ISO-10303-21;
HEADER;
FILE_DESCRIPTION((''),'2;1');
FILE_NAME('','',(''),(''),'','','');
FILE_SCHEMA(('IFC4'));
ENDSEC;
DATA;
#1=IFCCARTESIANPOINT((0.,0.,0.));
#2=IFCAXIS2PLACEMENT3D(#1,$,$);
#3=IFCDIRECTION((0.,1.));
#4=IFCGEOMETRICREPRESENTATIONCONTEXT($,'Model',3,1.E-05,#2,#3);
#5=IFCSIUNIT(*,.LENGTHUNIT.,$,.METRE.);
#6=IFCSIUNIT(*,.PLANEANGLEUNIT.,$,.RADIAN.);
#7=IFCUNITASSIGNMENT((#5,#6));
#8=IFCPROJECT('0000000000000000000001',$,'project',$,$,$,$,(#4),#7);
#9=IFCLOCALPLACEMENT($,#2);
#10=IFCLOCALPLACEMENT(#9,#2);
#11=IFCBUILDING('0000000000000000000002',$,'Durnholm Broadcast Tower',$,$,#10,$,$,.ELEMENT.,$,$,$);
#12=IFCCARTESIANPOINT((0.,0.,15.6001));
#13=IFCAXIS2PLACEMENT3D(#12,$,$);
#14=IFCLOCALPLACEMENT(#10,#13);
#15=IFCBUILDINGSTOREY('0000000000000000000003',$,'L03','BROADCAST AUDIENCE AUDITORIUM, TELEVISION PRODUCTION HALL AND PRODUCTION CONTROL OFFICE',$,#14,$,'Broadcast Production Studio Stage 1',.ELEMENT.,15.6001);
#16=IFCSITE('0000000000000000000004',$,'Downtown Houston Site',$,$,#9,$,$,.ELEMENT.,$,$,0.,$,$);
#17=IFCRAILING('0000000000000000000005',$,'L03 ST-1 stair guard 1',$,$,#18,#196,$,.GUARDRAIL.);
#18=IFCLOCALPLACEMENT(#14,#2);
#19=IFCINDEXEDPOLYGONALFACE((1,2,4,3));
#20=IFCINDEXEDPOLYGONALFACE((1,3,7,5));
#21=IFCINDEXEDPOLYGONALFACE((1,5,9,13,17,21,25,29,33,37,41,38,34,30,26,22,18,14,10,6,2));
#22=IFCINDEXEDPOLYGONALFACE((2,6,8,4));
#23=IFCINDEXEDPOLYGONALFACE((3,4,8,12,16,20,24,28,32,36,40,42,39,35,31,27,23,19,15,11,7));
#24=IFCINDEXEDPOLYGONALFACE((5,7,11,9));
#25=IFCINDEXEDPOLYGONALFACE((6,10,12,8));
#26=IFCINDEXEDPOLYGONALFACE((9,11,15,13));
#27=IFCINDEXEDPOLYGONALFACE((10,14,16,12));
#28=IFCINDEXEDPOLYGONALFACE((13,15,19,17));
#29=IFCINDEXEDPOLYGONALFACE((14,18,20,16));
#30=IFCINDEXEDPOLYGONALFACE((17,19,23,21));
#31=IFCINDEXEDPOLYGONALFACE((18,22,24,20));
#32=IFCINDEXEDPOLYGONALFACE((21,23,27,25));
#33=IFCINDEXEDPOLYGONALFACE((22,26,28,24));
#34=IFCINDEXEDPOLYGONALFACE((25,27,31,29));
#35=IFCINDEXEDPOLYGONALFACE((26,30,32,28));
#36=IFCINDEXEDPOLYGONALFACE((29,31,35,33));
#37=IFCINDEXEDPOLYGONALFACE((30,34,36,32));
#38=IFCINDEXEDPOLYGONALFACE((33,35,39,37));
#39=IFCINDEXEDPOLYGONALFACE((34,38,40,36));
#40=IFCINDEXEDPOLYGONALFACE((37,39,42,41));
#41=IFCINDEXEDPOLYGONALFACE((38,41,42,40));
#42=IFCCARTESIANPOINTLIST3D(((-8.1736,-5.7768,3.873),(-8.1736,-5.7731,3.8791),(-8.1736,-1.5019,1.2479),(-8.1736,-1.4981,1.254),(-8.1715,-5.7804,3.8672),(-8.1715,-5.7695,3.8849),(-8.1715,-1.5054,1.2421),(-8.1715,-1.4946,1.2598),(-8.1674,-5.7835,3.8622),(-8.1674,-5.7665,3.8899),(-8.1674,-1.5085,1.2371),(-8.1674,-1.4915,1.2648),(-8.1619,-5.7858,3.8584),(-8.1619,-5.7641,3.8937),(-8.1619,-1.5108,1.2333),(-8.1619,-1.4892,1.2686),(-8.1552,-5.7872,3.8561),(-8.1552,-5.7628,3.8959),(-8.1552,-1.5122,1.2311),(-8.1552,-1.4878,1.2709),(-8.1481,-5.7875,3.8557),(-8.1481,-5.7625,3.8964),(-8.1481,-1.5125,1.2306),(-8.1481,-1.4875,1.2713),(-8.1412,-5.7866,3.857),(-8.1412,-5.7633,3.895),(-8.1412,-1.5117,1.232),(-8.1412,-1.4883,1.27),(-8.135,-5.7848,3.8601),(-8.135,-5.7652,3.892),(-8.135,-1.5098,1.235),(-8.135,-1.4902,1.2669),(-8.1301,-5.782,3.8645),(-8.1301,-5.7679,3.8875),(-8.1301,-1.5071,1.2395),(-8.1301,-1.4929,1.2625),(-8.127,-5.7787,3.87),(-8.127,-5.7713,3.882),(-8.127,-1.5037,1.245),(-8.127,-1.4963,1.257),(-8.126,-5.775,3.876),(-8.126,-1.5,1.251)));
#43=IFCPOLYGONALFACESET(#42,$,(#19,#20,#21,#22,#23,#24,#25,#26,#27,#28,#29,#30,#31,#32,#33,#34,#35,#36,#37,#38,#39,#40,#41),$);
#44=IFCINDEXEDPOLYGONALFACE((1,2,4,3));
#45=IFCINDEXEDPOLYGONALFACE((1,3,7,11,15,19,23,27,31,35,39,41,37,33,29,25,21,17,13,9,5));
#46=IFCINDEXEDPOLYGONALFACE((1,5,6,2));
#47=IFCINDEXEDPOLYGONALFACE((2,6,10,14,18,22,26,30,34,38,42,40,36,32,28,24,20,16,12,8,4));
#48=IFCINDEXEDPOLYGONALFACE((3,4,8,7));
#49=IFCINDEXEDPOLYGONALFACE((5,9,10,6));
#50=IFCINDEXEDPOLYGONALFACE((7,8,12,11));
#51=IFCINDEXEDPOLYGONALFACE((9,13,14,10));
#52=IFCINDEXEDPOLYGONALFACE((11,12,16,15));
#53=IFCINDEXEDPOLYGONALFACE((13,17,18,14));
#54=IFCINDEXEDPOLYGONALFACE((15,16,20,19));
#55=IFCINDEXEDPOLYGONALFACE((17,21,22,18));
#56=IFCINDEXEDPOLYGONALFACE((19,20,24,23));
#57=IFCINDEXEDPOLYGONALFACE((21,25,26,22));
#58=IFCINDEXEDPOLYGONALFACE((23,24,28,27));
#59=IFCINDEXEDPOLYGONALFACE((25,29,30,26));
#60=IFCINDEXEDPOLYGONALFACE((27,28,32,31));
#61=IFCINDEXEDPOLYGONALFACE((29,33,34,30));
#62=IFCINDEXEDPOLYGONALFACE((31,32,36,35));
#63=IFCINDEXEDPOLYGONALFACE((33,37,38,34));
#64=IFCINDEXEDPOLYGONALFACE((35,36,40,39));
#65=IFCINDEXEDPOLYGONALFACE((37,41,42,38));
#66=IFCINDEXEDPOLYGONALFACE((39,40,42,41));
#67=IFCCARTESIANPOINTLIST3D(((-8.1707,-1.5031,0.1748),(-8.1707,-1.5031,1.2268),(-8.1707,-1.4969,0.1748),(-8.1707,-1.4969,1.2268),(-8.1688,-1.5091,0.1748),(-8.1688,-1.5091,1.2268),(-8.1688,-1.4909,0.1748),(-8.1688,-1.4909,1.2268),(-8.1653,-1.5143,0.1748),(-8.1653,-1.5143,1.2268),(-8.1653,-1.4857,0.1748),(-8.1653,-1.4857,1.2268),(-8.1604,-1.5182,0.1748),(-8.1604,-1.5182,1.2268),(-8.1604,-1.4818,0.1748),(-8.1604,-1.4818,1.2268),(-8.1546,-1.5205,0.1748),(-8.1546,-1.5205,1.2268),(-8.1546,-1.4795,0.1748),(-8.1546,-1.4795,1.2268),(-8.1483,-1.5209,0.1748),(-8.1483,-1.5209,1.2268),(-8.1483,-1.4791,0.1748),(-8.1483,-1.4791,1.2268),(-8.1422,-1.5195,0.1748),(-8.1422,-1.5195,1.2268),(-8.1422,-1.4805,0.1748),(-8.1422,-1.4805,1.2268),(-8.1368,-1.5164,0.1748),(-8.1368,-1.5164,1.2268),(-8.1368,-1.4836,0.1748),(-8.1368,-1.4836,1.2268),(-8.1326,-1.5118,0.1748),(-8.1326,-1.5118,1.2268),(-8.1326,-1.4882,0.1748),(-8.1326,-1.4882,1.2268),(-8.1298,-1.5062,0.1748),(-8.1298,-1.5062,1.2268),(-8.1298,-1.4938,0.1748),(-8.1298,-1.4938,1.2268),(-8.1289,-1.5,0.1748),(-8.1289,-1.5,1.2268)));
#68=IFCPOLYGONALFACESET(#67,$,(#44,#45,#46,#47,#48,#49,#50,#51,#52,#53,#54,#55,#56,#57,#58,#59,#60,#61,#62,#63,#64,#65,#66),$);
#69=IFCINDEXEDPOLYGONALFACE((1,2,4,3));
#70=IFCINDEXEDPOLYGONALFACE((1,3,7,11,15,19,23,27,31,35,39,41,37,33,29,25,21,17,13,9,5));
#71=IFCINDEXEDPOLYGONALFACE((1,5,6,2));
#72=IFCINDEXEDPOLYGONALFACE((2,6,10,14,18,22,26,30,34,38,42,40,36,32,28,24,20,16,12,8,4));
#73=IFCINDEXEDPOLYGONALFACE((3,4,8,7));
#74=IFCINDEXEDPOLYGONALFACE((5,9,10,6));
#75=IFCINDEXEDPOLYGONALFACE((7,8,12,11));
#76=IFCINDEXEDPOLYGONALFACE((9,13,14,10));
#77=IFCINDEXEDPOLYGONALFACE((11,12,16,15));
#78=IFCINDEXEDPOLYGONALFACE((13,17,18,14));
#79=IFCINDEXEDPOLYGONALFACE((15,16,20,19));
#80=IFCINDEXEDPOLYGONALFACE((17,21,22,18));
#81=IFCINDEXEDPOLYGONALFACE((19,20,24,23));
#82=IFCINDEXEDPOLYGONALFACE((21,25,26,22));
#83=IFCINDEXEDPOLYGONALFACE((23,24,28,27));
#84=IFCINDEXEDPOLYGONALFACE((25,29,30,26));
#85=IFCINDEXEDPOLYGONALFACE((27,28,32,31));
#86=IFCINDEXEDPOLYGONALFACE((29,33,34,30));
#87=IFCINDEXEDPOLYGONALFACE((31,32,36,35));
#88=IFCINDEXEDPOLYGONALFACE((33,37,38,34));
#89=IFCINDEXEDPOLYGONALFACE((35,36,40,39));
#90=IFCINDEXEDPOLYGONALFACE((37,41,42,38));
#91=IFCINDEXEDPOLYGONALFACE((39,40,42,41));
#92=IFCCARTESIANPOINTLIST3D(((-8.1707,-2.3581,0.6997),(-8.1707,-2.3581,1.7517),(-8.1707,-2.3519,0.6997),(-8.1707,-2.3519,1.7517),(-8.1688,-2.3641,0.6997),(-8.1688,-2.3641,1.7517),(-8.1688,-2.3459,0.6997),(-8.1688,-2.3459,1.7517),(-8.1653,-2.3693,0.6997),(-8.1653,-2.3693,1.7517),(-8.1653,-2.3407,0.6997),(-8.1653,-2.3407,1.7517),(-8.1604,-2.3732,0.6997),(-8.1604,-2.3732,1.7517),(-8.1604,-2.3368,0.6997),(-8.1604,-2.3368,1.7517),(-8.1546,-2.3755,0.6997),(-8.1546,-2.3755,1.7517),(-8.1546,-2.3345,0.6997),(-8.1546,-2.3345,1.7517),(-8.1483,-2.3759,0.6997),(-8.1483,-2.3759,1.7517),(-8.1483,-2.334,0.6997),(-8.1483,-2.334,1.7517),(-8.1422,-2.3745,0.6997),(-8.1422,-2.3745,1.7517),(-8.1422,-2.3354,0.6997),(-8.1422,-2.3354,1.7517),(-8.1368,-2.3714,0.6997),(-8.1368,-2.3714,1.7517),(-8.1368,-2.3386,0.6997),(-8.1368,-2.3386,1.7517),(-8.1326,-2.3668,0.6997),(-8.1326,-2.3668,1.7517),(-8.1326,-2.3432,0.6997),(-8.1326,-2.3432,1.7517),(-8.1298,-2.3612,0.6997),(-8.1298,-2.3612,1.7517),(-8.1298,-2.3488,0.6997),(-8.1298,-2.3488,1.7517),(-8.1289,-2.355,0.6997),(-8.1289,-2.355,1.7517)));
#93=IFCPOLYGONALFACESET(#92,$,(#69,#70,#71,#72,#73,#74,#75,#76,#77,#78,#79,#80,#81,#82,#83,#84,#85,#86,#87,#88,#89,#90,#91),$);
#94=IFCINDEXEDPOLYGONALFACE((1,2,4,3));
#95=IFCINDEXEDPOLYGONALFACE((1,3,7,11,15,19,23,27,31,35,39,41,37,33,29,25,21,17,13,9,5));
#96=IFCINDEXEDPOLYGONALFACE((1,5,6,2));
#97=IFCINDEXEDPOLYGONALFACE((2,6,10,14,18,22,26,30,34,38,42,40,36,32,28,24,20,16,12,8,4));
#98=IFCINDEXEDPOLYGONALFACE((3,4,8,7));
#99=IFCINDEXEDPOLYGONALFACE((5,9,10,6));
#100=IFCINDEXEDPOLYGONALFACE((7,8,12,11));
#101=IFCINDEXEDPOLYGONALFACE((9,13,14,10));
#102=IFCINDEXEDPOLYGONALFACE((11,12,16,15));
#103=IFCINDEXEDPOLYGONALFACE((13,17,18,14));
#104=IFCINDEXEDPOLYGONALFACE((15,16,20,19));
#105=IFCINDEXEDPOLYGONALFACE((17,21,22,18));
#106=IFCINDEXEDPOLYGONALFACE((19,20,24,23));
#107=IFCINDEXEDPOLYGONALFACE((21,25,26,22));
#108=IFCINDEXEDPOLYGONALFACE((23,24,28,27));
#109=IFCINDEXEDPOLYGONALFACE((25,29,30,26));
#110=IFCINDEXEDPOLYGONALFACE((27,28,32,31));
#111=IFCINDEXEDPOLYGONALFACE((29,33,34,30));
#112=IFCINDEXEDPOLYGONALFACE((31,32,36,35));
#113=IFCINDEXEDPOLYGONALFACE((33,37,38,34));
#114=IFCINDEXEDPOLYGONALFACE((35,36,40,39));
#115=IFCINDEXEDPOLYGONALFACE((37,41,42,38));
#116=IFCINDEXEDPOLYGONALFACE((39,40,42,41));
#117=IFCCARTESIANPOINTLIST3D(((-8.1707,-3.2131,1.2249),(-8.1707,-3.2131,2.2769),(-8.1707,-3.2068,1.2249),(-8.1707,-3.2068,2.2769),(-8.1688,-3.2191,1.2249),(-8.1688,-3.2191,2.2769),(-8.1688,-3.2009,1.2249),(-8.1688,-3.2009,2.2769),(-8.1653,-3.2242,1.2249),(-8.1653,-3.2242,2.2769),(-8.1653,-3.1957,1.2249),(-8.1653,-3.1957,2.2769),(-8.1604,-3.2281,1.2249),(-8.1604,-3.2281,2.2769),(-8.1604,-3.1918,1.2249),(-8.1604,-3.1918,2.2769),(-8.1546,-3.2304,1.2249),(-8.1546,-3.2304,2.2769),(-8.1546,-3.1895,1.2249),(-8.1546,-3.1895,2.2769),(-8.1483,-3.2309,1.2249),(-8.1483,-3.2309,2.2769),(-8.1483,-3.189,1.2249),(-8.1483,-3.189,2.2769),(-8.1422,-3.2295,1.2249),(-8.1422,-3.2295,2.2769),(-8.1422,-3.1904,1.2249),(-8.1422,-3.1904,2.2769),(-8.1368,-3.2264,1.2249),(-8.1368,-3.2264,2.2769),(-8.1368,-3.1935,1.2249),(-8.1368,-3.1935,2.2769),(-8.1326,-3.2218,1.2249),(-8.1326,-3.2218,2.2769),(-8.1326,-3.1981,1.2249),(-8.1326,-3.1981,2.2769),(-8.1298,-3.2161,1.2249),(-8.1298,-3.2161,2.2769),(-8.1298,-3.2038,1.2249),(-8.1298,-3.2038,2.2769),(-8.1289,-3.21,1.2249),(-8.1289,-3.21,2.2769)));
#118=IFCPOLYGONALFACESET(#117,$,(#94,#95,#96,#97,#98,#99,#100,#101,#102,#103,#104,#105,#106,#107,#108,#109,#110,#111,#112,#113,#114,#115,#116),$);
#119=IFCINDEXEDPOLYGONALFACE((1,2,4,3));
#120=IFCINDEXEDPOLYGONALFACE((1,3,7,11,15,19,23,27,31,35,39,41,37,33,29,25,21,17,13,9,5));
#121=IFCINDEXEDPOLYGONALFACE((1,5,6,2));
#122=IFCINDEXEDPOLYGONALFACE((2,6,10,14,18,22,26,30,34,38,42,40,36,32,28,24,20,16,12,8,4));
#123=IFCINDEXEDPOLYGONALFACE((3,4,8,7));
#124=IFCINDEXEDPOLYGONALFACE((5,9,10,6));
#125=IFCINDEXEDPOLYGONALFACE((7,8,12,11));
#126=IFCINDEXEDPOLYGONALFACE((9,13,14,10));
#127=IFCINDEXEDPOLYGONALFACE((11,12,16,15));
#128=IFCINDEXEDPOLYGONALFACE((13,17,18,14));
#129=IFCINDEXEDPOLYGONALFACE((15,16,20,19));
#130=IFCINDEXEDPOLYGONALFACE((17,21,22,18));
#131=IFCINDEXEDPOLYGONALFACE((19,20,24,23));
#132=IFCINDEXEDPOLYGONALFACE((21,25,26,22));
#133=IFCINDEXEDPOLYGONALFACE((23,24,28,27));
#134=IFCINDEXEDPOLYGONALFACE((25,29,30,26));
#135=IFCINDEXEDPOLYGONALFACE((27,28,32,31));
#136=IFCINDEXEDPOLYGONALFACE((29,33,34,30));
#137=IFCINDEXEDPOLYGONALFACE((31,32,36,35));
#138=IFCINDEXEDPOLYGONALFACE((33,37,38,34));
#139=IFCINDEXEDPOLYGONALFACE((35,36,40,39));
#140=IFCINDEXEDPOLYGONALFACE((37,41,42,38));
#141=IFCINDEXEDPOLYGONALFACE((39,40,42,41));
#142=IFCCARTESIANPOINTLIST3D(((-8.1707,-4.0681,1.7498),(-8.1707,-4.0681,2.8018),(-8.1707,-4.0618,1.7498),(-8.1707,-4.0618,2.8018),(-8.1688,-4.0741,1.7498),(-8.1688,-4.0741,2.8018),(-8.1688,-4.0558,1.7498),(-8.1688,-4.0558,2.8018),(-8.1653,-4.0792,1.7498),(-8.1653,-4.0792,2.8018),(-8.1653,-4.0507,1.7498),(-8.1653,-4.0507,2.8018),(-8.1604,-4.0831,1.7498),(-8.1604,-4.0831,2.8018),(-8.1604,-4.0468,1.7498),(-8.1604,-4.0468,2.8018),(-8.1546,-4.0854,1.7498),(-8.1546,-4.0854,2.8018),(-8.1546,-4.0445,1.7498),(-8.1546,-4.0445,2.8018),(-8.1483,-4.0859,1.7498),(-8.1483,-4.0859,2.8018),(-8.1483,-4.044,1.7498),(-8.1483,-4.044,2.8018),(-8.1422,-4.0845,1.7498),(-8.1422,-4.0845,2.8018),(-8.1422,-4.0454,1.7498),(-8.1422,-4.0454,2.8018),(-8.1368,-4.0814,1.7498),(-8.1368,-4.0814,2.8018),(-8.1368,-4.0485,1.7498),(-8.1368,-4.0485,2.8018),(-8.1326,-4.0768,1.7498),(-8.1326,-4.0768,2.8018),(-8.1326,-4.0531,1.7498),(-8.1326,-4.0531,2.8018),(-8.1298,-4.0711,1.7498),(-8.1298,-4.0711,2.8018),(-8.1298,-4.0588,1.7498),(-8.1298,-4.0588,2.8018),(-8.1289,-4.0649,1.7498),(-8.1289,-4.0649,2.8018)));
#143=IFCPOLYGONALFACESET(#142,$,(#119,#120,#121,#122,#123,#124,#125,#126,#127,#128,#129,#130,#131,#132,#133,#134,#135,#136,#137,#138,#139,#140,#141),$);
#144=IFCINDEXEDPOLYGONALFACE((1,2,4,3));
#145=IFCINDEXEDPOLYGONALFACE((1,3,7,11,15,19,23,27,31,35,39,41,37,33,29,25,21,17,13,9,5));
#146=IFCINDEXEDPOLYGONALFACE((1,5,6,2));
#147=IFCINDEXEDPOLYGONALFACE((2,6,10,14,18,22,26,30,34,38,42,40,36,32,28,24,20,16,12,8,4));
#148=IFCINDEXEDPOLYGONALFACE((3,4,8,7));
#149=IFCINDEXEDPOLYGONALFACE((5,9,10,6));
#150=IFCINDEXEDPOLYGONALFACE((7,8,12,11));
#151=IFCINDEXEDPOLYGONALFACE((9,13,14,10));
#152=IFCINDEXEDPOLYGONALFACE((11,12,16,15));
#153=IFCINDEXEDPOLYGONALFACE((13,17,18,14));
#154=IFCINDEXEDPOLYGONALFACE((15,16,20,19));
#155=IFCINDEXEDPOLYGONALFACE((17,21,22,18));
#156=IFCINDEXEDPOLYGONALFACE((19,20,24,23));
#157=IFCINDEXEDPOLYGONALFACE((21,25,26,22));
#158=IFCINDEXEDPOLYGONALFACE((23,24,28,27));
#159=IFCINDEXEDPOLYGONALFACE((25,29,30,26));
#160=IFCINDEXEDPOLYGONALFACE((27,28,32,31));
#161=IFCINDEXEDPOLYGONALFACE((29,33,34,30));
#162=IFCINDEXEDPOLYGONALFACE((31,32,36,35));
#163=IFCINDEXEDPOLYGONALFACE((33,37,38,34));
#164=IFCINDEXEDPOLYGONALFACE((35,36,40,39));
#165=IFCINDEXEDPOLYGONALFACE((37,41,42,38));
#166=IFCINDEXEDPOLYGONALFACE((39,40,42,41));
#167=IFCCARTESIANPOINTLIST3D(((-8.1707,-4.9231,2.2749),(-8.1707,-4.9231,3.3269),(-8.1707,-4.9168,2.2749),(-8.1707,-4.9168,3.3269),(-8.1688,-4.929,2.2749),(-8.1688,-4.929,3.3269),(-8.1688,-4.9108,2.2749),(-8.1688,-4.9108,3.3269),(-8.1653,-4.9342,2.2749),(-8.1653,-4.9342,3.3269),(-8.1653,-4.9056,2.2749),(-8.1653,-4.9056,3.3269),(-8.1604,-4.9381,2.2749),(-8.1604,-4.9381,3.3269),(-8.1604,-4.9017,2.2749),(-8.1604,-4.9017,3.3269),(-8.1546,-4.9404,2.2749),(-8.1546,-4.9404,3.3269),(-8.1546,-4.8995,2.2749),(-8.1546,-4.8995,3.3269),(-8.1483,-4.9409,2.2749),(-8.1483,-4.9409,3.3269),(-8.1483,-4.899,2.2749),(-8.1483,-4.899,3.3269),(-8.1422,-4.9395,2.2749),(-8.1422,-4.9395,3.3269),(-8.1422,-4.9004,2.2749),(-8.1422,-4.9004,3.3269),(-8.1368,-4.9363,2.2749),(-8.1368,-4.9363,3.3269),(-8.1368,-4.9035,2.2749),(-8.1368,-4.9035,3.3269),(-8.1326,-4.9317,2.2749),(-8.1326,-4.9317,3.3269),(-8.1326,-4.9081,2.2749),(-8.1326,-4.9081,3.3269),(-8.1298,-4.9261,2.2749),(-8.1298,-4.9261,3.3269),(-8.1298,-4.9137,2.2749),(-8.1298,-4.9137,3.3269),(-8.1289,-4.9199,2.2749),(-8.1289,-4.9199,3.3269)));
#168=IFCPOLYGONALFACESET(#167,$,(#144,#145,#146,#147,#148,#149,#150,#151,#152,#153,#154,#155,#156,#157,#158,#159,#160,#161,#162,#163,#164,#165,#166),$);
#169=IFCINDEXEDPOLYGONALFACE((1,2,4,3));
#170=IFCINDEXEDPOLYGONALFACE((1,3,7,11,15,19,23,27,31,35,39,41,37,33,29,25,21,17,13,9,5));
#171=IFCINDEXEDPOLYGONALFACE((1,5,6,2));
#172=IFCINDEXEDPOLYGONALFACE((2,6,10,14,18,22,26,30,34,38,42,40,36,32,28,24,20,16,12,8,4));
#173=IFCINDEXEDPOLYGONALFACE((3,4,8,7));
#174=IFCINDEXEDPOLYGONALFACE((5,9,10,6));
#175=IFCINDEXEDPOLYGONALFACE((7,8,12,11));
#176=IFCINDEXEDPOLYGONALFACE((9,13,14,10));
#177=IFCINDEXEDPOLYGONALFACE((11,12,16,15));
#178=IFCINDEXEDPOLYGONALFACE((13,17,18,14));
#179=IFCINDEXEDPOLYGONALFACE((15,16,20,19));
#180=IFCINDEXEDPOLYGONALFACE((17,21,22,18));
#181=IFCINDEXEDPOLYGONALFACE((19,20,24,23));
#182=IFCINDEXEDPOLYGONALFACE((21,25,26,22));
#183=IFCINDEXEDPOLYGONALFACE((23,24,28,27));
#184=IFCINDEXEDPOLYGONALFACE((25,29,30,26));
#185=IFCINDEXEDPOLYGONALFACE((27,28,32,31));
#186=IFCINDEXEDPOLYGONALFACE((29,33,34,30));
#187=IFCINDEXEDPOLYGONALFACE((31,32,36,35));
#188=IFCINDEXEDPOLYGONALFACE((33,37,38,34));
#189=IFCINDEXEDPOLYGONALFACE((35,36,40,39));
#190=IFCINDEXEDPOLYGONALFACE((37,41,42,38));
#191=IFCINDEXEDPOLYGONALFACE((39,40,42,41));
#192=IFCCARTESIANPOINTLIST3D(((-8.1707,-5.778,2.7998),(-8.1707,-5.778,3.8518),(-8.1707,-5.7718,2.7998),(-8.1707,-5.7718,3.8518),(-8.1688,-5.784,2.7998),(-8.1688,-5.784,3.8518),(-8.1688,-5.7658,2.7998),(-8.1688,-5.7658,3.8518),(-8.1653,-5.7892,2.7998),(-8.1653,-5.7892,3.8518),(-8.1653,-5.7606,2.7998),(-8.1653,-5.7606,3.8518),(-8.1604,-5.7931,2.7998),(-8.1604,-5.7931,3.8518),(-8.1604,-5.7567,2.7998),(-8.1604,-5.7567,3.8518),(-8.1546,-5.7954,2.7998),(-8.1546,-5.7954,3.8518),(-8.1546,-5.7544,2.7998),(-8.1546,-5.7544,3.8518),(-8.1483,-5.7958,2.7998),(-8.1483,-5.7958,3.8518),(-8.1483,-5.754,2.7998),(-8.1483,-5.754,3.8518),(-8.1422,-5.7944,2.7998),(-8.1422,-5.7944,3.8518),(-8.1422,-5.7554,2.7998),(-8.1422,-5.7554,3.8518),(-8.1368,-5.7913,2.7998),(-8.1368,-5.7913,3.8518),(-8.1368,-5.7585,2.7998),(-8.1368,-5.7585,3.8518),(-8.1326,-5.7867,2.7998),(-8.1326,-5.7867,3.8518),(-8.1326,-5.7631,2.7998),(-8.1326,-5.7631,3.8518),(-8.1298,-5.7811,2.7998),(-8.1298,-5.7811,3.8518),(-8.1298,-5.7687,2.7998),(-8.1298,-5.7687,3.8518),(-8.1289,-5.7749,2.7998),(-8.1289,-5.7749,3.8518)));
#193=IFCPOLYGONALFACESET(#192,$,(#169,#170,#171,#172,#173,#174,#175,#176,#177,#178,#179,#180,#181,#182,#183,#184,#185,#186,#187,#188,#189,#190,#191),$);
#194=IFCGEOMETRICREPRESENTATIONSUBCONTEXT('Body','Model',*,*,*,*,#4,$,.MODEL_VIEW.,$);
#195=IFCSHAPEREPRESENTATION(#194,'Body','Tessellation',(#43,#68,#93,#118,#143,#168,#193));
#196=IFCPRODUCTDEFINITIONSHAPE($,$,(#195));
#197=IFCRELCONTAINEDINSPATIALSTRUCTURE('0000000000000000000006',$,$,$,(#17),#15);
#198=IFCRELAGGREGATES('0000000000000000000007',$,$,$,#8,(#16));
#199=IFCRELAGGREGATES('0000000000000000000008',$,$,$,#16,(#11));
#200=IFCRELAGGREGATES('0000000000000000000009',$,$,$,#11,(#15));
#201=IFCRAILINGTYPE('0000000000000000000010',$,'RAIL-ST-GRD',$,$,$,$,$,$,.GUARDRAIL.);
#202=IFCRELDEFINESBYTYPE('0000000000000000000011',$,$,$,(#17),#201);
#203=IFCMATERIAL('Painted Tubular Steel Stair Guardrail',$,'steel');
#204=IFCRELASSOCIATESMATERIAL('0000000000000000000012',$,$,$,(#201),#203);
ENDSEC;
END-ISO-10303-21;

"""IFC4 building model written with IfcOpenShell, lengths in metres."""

from ifc_helpers import new_model, si_unit, direction, frame, origin, origin_2d, place, context, subcontext, project, spatial, circle, extrude, material, type_object, element, save


model = new_model("IFC4")

# Units and contexts
model_context = context("Model", 3, precision=1e-05, world=origin(), true_north=direction((0.0, 1.0)))
body_context = subcontext(model_context, "Body", "Model", "MODEL_VIEW")
ifc_project = project(units=[si_unit("LENGTHUNIT", "METRE"), si_unit("PLANEANGLEUNIT", "RADIAN")], contexts=[model_context])

# Site, building, storey
site_placement = place(None, origin())
site = spatial("IfcSite", under=ifc_project, at=site_placement, Name="Downtown Houston Site", CompositionType="ELEMENT", RefElevation=0.0)
building_placement = place(site_placement, origin())
building = spatial("IfcBuilding", under=site, at=building_placement, Name="Durnholm Broadcast Tower", CompositionType="ELEMENT")
storey_placement = place(building_placement, frame((0.0, 0.0, 15.6001)))
storey = spatial("IfcBuildingStorey", under=building, at=storey_placement, Name="L03", Description="BROADCAST AUDIENCE AUDITORIUM, TELEVISION PRODUCTION HALL AND PRODUCTION CONTROL OFFICE", LongName="Broadcast Production Studio Stage 1", CompositionType="ELEMENT", Elevation=15.6001)

# Railing
ifc_material_1 = material(Name="Painted Tubular Steel Stair Guardrail", Category="steel")
railing_type_1 = type_object("IfcRailingType", Name="RAIL-ST-GRD", PredefinedType="GUARDRAIL", material=ifc_material_1)
railing_1_placement = place(storey_placement, frame((-8.1499, -1.5, 0.1748)))
element("IfcRailing", 1, at=railing_1_placement, inside=storey, type_object=railing_type_1, Name="L03 ST-1 stair guard 1", PredefinedType="GUARDRAIL", context=body_context, shape_type="SweptSolid", body=[
    extrude(circle(Radius=0.0239, at=origin_2d()), frame((0.0, 0.0, 1.0762), z_axis=(0.0, -0.852166, 0.523272), x_axis=(1.0, 0.0, 0.0)), (0.0, 0.0, 1.0), 5.0166),
    extrude(circle(Radius=0.021, at=origin_2d()), origin(), (0.0, 0.0, 1.0), 1.052),
    extrude(circle(Radius=0.021, at=origin_2d()), frame((0.0, -0.855, 0.5249)), (0.0, 0.0, 1.0), 1.052),
    extrude(circle(Radius=0.021, at=origin_2d()), frame((0.0, -1.71, 1.05)), (0.0, 0.0, 1.0), 1.052),
    extrude(circle(Radius=0.021, at=origin_2d()), frame((0.0, -2.5649, 1.575)), (0.0, 0.0, 1.0), 1.052),
    extrude(circle(Radius=0.021, at=origin_2d()), frame((0.0, -3.4199, 2.1001)), (0.0, 0.0, 1.0), 1.052),
    extrude(circle(Radius=0.021, at=origin_2d()), frame((0.0, -4.2749, 2.625)), (0.0, 0.0, 1.0), 1.052),
])

save(model, "model.ifc")
